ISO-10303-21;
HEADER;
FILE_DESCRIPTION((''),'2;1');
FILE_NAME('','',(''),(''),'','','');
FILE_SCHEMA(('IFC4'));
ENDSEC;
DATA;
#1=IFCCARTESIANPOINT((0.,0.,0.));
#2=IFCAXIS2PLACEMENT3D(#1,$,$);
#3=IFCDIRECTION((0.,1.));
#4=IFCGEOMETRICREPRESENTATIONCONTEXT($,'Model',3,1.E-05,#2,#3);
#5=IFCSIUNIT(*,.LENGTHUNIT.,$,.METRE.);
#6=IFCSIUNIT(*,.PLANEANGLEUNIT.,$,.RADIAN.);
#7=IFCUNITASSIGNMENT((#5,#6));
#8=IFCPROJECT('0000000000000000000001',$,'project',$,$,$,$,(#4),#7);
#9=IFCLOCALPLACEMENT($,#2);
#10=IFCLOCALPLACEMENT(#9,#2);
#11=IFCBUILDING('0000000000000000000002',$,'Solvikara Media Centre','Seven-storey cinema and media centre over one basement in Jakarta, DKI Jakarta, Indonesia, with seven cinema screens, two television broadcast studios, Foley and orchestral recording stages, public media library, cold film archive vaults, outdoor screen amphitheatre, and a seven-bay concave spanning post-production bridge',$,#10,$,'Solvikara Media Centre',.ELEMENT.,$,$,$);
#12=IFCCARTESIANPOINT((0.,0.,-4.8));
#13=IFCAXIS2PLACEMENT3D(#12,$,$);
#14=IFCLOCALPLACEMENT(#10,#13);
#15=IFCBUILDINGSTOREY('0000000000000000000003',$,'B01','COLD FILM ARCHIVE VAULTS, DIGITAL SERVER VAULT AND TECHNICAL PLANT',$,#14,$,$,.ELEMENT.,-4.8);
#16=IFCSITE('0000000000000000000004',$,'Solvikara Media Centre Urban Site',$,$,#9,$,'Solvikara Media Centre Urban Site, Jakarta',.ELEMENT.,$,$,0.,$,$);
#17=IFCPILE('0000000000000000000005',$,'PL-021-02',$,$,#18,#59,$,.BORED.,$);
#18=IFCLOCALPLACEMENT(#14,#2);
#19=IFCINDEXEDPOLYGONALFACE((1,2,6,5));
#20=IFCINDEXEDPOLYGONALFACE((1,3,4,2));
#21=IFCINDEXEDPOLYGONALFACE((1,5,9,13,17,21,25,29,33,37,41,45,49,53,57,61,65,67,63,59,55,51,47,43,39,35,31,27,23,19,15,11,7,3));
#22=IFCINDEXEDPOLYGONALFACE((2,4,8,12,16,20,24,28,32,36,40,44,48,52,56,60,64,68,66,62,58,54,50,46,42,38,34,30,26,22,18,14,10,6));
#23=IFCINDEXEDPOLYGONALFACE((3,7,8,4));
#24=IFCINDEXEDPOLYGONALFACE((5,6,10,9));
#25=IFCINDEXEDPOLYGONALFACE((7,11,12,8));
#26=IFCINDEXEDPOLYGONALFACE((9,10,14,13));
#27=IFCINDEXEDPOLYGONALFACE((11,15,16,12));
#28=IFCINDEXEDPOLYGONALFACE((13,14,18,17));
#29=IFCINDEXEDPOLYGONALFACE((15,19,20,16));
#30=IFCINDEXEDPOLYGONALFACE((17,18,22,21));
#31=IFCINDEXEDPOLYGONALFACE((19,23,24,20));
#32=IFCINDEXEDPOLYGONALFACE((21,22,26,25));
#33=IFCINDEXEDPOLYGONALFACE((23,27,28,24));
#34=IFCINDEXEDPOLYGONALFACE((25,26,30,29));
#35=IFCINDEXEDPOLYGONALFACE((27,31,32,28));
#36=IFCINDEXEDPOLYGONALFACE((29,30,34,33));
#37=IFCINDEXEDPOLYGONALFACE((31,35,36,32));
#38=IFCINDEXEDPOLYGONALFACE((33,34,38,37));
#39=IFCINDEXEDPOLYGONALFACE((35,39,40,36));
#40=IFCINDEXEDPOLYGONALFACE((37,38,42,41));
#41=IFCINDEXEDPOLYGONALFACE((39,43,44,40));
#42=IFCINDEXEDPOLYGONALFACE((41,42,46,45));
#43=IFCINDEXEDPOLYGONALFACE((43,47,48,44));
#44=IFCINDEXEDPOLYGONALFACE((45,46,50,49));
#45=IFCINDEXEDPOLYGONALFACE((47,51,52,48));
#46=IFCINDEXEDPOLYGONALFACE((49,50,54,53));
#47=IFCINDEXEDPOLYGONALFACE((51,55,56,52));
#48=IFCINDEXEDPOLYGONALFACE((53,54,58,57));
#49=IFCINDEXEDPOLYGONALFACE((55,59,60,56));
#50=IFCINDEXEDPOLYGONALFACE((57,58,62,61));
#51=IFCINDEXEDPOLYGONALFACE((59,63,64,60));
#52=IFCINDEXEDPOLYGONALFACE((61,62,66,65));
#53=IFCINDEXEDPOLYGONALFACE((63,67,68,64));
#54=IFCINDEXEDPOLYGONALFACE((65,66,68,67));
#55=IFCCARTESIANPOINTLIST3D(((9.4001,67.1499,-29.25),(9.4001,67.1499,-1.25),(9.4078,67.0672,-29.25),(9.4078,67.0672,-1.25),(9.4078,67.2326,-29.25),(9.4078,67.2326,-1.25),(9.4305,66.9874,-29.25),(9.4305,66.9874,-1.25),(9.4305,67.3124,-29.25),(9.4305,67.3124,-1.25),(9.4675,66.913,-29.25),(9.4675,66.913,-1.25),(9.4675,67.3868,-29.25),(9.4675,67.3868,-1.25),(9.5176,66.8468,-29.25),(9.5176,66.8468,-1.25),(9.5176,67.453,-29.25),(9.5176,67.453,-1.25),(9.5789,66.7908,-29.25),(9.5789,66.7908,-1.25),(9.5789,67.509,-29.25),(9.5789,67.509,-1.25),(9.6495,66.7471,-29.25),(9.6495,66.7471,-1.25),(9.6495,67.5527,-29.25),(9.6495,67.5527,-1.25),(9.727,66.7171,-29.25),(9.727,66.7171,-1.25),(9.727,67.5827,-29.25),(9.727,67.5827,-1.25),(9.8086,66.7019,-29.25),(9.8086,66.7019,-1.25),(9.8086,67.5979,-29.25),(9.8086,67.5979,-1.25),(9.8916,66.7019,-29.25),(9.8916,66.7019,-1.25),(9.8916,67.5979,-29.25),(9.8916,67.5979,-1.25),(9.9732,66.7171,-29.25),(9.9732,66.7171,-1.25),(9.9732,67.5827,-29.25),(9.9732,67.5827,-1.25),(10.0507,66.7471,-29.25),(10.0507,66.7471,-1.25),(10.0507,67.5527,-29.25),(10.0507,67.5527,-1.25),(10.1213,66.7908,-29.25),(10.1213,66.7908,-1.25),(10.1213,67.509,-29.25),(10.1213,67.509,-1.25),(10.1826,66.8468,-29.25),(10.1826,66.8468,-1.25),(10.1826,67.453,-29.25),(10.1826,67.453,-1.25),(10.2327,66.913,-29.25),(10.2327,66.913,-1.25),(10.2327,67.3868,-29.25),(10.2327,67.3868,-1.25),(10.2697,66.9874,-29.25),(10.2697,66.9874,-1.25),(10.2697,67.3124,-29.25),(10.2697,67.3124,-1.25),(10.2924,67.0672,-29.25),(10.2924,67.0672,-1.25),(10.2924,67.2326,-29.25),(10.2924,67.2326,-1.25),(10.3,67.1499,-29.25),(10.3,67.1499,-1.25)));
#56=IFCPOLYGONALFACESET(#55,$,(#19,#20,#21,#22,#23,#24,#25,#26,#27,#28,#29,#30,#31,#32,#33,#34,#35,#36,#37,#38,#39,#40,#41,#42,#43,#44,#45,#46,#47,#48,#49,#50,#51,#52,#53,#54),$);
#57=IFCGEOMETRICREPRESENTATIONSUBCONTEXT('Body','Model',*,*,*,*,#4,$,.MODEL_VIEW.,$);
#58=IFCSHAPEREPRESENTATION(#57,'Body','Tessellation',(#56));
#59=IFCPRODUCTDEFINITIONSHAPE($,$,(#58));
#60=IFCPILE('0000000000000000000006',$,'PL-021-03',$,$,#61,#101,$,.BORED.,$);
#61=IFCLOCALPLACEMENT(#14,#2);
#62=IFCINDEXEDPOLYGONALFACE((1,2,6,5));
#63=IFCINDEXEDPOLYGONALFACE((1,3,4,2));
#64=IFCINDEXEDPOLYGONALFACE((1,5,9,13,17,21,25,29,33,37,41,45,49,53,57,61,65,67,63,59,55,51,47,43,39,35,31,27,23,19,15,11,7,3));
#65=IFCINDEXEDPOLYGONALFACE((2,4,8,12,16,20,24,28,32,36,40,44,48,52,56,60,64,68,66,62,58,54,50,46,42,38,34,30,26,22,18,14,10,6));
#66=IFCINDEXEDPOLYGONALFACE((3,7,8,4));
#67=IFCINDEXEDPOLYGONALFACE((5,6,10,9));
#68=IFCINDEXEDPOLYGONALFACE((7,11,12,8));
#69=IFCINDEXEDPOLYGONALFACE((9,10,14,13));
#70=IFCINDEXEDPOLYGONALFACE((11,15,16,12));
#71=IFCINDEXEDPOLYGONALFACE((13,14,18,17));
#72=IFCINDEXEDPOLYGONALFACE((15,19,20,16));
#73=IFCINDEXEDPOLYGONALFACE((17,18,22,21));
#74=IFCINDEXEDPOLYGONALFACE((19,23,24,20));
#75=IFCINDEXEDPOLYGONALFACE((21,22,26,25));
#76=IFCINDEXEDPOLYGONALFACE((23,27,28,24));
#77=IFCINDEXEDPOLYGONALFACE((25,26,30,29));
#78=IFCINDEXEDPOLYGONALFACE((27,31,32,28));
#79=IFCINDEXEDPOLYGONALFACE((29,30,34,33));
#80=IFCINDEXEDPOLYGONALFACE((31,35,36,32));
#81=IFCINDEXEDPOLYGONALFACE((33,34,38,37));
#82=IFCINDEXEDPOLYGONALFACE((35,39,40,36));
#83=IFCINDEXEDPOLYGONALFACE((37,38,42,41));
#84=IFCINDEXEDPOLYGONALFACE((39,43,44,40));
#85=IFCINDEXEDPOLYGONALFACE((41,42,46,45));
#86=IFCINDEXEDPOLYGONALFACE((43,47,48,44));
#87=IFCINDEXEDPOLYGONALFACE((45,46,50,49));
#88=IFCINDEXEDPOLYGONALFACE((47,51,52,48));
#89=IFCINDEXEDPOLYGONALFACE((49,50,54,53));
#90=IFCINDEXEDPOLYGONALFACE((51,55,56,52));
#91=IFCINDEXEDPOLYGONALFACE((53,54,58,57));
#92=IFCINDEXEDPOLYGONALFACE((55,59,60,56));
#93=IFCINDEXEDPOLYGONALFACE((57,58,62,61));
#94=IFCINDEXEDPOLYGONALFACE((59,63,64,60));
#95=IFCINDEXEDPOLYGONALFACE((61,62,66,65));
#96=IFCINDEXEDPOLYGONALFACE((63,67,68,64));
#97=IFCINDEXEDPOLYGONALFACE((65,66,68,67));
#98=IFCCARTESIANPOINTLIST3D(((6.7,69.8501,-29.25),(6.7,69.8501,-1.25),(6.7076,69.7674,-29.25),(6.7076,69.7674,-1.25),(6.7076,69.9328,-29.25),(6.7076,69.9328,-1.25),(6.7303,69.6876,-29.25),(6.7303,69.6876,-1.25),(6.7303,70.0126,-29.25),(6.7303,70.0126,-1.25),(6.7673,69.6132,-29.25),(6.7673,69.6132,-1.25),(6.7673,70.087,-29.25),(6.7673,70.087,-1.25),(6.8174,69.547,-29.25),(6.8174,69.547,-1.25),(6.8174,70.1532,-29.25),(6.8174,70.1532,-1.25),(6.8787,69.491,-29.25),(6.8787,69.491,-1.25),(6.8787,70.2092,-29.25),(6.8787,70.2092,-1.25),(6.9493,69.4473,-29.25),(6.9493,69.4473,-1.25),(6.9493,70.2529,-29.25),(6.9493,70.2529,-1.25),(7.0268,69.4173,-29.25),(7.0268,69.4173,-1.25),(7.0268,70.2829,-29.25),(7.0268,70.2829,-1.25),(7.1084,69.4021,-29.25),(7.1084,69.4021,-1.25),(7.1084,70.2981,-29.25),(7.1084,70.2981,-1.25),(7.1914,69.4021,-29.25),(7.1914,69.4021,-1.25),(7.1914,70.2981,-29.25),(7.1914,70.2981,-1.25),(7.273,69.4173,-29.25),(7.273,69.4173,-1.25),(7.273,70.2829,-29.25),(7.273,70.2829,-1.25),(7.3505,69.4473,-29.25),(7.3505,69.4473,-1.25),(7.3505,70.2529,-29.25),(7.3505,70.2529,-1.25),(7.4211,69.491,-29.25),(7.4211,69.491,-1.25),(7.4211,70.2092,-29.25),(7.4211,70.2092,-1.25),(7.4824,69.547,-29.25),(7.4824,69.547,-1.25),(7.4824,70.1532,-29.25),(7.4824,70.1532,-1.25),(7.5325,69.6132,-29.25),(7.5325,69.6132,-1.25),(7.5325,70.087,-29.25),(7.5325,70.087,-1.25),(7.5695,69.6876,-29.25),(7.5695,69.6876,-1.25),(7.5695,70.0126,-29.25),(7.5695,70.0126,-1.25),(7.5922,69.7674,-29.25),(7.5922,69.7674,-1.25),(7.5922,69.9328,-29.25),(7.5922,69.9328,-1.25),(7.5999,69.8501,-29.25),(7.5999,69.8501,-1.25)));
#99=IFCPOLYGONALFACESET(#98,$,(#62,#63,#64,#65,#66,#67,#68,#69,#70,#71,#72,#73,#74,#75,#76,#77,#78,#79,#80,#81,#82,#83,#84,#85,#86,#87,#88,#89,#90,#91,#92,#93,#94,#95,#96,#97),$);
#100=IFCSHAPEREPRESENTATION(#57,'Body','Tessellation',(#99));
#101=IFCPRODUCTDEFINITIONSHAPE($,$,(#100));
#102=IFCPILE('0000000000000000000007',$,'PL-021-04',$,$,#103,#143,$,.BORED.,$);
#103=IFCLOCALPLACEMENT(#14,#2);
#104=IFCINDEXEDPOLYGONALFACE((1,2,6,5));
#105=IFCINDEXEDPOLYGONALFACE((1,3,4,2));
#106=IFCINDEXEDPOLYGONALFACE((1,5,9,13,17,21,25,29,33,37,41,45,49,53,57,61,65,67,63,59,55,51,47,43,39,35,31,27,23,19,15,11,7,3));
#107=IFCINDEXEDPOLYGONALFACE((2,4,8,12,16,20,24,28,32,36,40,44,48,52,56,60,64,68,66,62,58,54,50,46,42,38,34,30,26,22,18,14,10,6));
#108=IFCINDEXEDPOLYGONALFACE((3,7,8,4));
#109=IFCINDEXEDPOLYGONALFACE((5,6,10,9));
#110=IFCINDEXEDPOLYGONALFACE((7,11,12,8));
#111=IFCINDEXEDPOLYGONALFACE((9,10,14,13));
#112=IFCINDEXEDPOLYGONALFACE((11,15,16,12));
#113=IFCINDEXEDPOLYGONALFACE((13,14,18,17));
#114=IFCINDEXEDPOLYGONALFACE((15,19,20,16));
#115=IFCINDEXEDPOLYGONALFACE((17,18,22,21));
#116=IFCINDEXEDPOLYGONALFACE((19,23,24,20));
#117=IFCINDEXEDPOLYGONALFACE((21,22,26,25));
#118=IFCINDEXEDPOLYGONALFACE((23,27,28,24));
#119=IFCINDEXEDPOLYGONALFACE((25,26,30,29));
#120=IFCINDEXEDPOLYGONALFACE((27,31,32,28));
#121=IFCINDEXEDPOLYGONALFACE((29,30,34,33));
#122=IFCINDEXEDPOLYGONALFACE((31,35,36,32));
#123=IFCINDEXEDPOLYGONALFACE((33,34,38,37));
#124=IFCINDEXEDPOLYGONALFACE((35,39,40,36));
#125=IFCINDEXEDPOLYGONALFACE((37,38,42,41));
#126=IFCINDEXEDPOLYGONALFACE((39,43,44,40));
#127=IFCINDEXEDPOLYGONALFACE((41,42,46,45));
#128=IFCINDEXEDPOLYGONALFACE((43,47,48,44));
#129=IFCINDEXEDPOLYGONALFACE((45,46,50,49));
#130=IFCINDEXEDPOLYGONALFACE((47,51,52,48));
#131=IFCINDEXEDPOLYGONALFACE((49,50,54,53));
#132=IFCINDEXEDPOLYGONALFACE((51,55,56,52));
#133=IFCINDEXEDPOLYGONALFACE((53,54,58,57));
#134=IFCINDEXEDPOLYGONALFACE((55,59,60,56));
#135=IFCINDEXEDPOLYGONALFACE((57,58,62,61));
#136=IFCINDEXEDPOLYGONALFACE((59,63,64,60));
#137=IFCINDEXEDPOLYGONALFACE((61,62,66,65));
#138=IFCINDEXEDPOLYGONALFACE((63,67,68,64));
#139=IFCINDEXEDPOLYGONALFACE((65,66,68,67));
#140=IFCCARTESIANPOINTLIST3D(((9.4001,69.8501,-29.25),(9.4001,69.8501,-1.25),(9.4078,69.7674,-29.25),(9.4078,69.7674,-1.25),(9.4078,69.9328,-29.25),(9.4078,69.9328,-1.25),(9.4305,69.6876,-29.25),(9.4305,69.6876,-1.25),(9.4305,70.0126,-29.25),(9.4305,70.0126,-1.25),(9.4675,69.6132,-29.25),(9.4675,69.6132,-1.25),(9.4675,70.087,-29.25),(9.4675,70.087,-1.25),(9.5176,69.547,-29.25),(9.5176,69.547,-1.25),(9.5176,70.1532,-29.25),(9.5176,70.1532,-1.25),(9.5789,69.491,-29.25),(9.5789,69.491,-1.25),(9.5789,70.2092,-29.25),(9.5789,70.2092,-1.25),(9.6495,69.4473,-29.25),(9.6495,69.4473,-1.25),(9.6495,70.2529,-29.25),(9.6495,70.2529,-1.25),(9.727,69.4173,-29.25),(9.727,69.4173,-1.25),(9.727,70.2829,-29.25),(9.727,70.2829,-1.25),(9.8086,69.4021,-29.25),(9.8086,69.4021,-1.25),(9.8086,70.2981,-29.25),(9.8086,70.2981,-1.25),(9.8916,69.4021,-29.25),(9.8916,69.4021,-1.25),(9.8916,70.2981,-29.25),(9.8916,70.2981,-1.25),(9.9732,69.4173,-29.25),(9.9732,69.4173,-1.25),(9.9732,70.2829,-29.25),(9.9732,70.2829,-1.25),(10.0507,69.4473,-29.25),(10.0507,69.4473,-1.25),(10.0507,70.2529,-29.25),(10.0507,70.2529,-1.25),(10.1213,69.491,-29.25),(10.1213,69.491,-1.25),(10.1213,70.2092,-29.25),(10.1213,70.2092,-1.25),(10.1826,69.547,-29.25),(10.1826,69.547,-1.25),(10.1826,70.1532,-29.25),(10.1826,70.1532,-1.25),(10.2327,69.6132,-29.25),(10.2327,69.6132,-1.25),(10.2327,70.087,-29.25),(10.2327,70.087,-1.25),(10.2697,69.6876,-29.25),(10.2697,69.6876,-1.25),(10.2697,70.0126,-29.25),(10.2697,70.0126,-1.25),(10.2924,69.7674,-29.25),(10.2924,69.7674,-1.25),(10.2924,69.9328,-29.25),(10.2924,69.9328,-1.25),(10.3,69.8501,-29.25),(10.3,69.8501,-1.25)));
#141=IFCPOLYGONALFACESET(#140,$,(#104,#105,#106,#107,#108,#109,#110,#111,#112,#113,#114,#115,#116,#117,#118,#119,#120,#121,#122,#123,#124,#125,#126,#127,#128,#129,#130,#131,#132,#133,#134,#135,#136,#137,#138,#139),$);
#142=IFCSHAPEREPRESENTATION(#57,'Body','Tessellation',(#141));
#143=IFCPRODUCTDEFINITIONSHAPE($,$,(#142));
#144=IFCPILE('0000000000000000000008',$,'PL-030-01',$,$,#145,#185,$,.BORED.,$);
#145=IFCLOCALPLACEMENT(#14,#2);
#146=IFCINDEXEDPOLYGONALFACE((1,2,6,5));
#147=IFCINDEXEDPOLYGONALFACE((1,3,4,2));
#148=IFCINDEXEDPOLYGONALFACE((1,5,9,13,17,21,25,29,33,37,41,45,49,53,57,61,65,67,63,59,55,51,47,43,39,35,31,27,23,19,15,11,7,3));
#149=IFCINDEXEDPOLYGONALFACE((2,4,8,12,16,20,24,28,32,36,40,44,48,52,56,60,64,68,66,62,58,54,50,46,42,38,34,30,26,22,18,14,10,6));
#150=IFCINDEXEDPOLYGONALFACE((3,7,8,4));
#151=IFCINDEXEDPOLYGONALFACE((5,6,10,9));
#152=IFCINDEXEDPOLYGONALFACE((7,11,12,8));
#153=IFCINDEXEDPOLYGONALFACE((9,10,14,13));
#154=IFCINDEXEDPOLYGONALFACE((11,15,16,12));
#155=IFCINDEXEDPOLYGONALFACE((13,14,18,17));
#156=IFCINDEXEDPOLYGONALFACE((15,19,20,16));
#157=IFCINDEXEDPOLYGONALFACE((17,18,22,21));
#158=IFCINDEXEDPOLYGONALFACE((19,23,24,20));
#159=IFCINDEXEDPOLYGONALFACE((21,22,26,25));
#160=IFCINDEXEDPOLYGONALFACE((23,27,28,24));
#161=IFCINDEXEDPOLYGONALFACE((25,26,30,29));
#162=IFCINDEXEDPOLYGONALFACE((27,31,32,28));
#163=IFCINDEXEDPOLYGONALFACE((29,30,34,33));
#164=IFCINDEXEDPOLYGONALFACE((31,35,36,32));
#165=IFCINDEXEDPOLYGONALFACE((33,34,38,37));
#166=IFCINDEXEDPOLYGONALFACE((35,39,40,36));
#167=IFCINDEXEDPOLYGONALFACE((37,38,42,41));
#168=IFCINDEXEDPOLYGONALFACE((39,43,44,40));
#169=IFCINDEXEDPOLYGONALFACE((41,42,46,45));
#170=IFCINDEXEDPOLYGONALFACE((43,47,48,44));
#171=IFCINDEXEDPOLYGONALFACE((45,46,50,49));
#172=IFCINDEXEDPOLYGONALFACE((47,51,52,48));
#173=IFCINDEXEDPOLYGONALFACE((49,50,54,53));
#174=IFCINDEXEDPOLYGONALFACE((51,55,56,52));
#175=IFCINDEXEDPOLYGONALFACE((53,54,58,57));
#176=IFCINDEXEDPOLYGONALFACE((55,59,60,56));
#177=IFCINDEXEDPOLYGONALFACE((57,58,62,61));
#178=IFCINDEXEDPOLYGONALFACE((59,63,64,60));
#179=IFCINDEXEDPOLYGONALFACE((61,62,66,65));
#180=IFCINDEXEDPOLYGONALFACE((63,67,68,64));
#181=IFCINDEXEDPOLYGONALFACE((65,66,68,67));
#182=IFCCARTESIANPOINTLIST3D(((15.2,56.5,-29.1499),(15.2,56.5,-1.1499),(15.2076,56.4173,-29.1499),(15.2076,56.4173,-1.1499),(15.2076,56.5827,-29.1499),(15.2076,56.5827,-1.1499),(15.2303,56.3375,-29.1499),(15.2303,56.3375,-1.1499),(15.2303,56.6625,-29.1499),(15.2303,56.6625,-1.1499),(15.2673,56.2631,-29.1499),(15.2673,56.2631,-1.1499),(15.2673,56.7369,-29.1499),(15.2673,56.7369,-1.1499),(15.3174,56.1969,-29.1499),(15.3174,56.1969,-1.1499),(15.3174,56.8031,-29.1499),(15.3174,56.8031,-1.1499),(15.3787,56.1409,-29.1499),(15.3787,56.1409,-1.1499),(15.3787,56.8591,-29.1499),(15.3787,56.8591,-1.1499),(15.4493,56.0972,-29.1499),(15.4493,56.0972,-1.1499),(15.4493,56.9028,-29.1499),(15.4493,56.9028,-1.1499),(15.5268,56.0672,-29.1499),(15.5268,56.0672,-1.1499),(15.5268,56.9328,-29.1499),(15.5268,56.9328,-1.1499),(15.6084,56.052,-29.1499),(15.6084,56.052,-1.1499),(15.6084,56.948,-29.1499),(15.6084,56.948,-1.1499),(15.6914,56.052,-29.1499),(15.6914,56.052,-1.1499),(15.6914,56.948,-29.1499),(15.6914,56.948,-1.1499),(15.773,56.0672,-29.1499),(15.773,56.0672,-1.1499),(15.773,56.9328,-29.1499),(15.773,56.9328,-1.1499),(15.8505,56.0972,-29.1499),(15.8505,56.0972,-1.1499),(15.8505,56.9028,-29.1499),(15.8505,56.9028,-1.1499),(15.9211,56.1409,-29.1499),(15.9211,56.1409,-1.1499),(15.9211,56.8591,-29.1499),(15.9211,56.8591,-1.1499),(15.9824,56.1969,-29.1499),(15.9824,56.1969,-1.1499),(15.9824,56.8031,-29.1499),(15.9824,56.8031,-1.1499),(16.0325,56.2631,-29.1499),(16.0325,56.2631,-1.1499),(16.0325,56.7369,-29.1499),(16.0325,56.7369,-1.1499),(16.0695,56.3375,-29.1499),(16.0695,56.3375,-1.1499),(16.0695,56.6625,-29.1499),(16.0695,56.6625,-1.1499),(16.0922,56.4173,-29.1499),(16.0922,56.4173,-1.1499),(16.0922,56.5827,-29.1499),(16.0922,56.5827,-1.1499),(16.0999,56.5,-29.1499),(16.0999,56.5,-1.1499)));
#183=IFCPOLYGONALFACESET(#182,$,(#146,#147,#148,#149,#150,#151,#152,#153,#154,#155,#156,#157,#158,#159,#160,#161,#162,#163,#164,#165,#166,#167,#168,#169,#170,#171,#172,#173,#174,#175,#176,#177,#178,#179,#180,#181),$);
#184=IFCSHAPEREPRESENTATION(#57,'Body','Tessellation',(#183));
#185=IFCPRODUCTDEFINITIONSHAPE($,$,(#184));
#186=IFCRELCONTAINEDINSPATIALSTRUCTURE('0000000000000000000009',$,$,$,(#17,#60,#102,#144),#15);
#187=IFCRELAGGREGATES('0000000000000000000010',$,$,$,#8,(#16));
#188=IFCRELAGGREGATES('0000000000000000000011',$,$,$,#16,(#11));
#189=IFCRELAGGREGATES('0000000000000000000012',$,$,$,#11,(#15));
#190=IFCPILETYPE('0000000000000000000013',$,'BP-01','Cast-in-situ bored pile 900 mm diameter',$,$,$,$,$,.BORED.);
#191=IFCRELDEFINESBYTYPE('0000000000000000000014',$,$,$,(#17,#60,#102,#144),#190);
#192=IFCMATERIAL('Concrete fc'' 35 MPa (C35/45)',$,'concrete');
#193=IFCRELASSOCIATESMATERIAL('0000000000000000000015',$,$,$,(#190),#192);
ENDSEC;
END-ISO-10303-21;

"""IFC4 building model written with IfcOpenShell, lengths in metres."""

from ifc_helpers import new_model, si_unit, direction, frame, origin, origin_2d, place, context, subcontext, project, spatial, circle, extrude, material, material_profile, profile_set, type_object, element, save


model = new_model("IFC4")

# Units and contexts
model_context = context("Model", 3, precision=1e-05, world=origin(), true_north=direction((0.0, 1.0)))
body_context = subcontext(model_context, "Body", "Model", "MODEL_VIEW")
ifc_project = project(units=[si_unit("LENGTHUNIT", "METRE"), si_unit("PLANEANGLEUNIT", "RADIAN")], contexts=[model_context])

# Site, building, storey
site_placement = place(None, origin())
site = spatial("IfcSite", under=ifc_project, at=site_placement, Name="Solvikara Media Centre Urban Site", LongName="Solvikara Media Centre Urban Site, Jakarta", CompositionType="ELEMENT", RefElevation=0.0)
building_placement = place(site_placement, origin())
building = spatial("IfcBuilding", under=site, at=building_placement, Name="Solvikara Media Centre", Description="Seven-storey cinema and media centre over one basement in Jakarta, DKI Jakarta, Indonesia, with seven cinema screens, two television broadcast studios, Foley and orchestral recording stages, public media library, cold film archive vaults, outdoor screen amphitheatre, and a seven-bay concave spanning post-production bridge", LongName="Solvikara Media Centre", CompositionType="ELEMENT")
storey_placement = place(building_placement, frame((0.0, 0.0, -4.8)))
storey = spatial("IfcBuildingStorey", under=building, at=storey_placement, Name="B01", Description="COLD FILM ARCHIVE VAULTS, DIGITAL SERVER VAULT AND TECHNICAL PLANT", CompositionType="ELEMENT", Elevation=-4.8)

# Piles
ifc_material_1 = material(Name="Concrete fc' 35 MPa (C35/45)", Category="concrete")
ifc_material_profile_1 = material_profile(ifc_material_1, circle(Radius=0.45, at=origin_2d()), Name="BORED PILE D900")
ifc_profile_set_1 = profile_set([ifc_material_profile_1], Name="Concrete fc' 35 MPa (C35/45)")
pile_type_1 = type_object("IfcPileType", Name="BP-01", Description="Cast-in-situ bored pile 900 mm diameter", PredefinedType="BORED", material=ifc_profile_set_1)
for number, where, z_axis, x_axis, name in (
    (1, (9.8501, 67.1499, -1.25), (0.0, 0.0, -1.0), (1.0, 0.0, 0.0), "PL-021-02"),
    (2, (7.1499, 69.8501, -1.25), (0.0, 0.0, -1.0), (1.0, 0.0, 0.0), "PL-021-03"),
    (3, (9.8501, 69.8501, -1.25), (0.0, 0.0, -1.0), (1.0, 0.0, 0.0), "PL-021-04"),
    (4, (15.6499, 56.5, -1.1499), (0.0, 0.0, -1.0), (1.0, 0.0, 0.0), "PL-030-01"),
):
    element("IfcPile", number, at=place(storey_placement, frame(where, z_axis=z_axis, x_axis=x_axis)), inside=storey, type_object=pile_type_1, Name=name, PredefinedType="BORED", context=body_context, shape_type="SweptSolid", body=[
        extrude(circle(Radius=0.45, at=origin_2d()), origin(), (0.0, 0.0, 1.0), 28.0),
    ])

save(model, "model.ifc")
